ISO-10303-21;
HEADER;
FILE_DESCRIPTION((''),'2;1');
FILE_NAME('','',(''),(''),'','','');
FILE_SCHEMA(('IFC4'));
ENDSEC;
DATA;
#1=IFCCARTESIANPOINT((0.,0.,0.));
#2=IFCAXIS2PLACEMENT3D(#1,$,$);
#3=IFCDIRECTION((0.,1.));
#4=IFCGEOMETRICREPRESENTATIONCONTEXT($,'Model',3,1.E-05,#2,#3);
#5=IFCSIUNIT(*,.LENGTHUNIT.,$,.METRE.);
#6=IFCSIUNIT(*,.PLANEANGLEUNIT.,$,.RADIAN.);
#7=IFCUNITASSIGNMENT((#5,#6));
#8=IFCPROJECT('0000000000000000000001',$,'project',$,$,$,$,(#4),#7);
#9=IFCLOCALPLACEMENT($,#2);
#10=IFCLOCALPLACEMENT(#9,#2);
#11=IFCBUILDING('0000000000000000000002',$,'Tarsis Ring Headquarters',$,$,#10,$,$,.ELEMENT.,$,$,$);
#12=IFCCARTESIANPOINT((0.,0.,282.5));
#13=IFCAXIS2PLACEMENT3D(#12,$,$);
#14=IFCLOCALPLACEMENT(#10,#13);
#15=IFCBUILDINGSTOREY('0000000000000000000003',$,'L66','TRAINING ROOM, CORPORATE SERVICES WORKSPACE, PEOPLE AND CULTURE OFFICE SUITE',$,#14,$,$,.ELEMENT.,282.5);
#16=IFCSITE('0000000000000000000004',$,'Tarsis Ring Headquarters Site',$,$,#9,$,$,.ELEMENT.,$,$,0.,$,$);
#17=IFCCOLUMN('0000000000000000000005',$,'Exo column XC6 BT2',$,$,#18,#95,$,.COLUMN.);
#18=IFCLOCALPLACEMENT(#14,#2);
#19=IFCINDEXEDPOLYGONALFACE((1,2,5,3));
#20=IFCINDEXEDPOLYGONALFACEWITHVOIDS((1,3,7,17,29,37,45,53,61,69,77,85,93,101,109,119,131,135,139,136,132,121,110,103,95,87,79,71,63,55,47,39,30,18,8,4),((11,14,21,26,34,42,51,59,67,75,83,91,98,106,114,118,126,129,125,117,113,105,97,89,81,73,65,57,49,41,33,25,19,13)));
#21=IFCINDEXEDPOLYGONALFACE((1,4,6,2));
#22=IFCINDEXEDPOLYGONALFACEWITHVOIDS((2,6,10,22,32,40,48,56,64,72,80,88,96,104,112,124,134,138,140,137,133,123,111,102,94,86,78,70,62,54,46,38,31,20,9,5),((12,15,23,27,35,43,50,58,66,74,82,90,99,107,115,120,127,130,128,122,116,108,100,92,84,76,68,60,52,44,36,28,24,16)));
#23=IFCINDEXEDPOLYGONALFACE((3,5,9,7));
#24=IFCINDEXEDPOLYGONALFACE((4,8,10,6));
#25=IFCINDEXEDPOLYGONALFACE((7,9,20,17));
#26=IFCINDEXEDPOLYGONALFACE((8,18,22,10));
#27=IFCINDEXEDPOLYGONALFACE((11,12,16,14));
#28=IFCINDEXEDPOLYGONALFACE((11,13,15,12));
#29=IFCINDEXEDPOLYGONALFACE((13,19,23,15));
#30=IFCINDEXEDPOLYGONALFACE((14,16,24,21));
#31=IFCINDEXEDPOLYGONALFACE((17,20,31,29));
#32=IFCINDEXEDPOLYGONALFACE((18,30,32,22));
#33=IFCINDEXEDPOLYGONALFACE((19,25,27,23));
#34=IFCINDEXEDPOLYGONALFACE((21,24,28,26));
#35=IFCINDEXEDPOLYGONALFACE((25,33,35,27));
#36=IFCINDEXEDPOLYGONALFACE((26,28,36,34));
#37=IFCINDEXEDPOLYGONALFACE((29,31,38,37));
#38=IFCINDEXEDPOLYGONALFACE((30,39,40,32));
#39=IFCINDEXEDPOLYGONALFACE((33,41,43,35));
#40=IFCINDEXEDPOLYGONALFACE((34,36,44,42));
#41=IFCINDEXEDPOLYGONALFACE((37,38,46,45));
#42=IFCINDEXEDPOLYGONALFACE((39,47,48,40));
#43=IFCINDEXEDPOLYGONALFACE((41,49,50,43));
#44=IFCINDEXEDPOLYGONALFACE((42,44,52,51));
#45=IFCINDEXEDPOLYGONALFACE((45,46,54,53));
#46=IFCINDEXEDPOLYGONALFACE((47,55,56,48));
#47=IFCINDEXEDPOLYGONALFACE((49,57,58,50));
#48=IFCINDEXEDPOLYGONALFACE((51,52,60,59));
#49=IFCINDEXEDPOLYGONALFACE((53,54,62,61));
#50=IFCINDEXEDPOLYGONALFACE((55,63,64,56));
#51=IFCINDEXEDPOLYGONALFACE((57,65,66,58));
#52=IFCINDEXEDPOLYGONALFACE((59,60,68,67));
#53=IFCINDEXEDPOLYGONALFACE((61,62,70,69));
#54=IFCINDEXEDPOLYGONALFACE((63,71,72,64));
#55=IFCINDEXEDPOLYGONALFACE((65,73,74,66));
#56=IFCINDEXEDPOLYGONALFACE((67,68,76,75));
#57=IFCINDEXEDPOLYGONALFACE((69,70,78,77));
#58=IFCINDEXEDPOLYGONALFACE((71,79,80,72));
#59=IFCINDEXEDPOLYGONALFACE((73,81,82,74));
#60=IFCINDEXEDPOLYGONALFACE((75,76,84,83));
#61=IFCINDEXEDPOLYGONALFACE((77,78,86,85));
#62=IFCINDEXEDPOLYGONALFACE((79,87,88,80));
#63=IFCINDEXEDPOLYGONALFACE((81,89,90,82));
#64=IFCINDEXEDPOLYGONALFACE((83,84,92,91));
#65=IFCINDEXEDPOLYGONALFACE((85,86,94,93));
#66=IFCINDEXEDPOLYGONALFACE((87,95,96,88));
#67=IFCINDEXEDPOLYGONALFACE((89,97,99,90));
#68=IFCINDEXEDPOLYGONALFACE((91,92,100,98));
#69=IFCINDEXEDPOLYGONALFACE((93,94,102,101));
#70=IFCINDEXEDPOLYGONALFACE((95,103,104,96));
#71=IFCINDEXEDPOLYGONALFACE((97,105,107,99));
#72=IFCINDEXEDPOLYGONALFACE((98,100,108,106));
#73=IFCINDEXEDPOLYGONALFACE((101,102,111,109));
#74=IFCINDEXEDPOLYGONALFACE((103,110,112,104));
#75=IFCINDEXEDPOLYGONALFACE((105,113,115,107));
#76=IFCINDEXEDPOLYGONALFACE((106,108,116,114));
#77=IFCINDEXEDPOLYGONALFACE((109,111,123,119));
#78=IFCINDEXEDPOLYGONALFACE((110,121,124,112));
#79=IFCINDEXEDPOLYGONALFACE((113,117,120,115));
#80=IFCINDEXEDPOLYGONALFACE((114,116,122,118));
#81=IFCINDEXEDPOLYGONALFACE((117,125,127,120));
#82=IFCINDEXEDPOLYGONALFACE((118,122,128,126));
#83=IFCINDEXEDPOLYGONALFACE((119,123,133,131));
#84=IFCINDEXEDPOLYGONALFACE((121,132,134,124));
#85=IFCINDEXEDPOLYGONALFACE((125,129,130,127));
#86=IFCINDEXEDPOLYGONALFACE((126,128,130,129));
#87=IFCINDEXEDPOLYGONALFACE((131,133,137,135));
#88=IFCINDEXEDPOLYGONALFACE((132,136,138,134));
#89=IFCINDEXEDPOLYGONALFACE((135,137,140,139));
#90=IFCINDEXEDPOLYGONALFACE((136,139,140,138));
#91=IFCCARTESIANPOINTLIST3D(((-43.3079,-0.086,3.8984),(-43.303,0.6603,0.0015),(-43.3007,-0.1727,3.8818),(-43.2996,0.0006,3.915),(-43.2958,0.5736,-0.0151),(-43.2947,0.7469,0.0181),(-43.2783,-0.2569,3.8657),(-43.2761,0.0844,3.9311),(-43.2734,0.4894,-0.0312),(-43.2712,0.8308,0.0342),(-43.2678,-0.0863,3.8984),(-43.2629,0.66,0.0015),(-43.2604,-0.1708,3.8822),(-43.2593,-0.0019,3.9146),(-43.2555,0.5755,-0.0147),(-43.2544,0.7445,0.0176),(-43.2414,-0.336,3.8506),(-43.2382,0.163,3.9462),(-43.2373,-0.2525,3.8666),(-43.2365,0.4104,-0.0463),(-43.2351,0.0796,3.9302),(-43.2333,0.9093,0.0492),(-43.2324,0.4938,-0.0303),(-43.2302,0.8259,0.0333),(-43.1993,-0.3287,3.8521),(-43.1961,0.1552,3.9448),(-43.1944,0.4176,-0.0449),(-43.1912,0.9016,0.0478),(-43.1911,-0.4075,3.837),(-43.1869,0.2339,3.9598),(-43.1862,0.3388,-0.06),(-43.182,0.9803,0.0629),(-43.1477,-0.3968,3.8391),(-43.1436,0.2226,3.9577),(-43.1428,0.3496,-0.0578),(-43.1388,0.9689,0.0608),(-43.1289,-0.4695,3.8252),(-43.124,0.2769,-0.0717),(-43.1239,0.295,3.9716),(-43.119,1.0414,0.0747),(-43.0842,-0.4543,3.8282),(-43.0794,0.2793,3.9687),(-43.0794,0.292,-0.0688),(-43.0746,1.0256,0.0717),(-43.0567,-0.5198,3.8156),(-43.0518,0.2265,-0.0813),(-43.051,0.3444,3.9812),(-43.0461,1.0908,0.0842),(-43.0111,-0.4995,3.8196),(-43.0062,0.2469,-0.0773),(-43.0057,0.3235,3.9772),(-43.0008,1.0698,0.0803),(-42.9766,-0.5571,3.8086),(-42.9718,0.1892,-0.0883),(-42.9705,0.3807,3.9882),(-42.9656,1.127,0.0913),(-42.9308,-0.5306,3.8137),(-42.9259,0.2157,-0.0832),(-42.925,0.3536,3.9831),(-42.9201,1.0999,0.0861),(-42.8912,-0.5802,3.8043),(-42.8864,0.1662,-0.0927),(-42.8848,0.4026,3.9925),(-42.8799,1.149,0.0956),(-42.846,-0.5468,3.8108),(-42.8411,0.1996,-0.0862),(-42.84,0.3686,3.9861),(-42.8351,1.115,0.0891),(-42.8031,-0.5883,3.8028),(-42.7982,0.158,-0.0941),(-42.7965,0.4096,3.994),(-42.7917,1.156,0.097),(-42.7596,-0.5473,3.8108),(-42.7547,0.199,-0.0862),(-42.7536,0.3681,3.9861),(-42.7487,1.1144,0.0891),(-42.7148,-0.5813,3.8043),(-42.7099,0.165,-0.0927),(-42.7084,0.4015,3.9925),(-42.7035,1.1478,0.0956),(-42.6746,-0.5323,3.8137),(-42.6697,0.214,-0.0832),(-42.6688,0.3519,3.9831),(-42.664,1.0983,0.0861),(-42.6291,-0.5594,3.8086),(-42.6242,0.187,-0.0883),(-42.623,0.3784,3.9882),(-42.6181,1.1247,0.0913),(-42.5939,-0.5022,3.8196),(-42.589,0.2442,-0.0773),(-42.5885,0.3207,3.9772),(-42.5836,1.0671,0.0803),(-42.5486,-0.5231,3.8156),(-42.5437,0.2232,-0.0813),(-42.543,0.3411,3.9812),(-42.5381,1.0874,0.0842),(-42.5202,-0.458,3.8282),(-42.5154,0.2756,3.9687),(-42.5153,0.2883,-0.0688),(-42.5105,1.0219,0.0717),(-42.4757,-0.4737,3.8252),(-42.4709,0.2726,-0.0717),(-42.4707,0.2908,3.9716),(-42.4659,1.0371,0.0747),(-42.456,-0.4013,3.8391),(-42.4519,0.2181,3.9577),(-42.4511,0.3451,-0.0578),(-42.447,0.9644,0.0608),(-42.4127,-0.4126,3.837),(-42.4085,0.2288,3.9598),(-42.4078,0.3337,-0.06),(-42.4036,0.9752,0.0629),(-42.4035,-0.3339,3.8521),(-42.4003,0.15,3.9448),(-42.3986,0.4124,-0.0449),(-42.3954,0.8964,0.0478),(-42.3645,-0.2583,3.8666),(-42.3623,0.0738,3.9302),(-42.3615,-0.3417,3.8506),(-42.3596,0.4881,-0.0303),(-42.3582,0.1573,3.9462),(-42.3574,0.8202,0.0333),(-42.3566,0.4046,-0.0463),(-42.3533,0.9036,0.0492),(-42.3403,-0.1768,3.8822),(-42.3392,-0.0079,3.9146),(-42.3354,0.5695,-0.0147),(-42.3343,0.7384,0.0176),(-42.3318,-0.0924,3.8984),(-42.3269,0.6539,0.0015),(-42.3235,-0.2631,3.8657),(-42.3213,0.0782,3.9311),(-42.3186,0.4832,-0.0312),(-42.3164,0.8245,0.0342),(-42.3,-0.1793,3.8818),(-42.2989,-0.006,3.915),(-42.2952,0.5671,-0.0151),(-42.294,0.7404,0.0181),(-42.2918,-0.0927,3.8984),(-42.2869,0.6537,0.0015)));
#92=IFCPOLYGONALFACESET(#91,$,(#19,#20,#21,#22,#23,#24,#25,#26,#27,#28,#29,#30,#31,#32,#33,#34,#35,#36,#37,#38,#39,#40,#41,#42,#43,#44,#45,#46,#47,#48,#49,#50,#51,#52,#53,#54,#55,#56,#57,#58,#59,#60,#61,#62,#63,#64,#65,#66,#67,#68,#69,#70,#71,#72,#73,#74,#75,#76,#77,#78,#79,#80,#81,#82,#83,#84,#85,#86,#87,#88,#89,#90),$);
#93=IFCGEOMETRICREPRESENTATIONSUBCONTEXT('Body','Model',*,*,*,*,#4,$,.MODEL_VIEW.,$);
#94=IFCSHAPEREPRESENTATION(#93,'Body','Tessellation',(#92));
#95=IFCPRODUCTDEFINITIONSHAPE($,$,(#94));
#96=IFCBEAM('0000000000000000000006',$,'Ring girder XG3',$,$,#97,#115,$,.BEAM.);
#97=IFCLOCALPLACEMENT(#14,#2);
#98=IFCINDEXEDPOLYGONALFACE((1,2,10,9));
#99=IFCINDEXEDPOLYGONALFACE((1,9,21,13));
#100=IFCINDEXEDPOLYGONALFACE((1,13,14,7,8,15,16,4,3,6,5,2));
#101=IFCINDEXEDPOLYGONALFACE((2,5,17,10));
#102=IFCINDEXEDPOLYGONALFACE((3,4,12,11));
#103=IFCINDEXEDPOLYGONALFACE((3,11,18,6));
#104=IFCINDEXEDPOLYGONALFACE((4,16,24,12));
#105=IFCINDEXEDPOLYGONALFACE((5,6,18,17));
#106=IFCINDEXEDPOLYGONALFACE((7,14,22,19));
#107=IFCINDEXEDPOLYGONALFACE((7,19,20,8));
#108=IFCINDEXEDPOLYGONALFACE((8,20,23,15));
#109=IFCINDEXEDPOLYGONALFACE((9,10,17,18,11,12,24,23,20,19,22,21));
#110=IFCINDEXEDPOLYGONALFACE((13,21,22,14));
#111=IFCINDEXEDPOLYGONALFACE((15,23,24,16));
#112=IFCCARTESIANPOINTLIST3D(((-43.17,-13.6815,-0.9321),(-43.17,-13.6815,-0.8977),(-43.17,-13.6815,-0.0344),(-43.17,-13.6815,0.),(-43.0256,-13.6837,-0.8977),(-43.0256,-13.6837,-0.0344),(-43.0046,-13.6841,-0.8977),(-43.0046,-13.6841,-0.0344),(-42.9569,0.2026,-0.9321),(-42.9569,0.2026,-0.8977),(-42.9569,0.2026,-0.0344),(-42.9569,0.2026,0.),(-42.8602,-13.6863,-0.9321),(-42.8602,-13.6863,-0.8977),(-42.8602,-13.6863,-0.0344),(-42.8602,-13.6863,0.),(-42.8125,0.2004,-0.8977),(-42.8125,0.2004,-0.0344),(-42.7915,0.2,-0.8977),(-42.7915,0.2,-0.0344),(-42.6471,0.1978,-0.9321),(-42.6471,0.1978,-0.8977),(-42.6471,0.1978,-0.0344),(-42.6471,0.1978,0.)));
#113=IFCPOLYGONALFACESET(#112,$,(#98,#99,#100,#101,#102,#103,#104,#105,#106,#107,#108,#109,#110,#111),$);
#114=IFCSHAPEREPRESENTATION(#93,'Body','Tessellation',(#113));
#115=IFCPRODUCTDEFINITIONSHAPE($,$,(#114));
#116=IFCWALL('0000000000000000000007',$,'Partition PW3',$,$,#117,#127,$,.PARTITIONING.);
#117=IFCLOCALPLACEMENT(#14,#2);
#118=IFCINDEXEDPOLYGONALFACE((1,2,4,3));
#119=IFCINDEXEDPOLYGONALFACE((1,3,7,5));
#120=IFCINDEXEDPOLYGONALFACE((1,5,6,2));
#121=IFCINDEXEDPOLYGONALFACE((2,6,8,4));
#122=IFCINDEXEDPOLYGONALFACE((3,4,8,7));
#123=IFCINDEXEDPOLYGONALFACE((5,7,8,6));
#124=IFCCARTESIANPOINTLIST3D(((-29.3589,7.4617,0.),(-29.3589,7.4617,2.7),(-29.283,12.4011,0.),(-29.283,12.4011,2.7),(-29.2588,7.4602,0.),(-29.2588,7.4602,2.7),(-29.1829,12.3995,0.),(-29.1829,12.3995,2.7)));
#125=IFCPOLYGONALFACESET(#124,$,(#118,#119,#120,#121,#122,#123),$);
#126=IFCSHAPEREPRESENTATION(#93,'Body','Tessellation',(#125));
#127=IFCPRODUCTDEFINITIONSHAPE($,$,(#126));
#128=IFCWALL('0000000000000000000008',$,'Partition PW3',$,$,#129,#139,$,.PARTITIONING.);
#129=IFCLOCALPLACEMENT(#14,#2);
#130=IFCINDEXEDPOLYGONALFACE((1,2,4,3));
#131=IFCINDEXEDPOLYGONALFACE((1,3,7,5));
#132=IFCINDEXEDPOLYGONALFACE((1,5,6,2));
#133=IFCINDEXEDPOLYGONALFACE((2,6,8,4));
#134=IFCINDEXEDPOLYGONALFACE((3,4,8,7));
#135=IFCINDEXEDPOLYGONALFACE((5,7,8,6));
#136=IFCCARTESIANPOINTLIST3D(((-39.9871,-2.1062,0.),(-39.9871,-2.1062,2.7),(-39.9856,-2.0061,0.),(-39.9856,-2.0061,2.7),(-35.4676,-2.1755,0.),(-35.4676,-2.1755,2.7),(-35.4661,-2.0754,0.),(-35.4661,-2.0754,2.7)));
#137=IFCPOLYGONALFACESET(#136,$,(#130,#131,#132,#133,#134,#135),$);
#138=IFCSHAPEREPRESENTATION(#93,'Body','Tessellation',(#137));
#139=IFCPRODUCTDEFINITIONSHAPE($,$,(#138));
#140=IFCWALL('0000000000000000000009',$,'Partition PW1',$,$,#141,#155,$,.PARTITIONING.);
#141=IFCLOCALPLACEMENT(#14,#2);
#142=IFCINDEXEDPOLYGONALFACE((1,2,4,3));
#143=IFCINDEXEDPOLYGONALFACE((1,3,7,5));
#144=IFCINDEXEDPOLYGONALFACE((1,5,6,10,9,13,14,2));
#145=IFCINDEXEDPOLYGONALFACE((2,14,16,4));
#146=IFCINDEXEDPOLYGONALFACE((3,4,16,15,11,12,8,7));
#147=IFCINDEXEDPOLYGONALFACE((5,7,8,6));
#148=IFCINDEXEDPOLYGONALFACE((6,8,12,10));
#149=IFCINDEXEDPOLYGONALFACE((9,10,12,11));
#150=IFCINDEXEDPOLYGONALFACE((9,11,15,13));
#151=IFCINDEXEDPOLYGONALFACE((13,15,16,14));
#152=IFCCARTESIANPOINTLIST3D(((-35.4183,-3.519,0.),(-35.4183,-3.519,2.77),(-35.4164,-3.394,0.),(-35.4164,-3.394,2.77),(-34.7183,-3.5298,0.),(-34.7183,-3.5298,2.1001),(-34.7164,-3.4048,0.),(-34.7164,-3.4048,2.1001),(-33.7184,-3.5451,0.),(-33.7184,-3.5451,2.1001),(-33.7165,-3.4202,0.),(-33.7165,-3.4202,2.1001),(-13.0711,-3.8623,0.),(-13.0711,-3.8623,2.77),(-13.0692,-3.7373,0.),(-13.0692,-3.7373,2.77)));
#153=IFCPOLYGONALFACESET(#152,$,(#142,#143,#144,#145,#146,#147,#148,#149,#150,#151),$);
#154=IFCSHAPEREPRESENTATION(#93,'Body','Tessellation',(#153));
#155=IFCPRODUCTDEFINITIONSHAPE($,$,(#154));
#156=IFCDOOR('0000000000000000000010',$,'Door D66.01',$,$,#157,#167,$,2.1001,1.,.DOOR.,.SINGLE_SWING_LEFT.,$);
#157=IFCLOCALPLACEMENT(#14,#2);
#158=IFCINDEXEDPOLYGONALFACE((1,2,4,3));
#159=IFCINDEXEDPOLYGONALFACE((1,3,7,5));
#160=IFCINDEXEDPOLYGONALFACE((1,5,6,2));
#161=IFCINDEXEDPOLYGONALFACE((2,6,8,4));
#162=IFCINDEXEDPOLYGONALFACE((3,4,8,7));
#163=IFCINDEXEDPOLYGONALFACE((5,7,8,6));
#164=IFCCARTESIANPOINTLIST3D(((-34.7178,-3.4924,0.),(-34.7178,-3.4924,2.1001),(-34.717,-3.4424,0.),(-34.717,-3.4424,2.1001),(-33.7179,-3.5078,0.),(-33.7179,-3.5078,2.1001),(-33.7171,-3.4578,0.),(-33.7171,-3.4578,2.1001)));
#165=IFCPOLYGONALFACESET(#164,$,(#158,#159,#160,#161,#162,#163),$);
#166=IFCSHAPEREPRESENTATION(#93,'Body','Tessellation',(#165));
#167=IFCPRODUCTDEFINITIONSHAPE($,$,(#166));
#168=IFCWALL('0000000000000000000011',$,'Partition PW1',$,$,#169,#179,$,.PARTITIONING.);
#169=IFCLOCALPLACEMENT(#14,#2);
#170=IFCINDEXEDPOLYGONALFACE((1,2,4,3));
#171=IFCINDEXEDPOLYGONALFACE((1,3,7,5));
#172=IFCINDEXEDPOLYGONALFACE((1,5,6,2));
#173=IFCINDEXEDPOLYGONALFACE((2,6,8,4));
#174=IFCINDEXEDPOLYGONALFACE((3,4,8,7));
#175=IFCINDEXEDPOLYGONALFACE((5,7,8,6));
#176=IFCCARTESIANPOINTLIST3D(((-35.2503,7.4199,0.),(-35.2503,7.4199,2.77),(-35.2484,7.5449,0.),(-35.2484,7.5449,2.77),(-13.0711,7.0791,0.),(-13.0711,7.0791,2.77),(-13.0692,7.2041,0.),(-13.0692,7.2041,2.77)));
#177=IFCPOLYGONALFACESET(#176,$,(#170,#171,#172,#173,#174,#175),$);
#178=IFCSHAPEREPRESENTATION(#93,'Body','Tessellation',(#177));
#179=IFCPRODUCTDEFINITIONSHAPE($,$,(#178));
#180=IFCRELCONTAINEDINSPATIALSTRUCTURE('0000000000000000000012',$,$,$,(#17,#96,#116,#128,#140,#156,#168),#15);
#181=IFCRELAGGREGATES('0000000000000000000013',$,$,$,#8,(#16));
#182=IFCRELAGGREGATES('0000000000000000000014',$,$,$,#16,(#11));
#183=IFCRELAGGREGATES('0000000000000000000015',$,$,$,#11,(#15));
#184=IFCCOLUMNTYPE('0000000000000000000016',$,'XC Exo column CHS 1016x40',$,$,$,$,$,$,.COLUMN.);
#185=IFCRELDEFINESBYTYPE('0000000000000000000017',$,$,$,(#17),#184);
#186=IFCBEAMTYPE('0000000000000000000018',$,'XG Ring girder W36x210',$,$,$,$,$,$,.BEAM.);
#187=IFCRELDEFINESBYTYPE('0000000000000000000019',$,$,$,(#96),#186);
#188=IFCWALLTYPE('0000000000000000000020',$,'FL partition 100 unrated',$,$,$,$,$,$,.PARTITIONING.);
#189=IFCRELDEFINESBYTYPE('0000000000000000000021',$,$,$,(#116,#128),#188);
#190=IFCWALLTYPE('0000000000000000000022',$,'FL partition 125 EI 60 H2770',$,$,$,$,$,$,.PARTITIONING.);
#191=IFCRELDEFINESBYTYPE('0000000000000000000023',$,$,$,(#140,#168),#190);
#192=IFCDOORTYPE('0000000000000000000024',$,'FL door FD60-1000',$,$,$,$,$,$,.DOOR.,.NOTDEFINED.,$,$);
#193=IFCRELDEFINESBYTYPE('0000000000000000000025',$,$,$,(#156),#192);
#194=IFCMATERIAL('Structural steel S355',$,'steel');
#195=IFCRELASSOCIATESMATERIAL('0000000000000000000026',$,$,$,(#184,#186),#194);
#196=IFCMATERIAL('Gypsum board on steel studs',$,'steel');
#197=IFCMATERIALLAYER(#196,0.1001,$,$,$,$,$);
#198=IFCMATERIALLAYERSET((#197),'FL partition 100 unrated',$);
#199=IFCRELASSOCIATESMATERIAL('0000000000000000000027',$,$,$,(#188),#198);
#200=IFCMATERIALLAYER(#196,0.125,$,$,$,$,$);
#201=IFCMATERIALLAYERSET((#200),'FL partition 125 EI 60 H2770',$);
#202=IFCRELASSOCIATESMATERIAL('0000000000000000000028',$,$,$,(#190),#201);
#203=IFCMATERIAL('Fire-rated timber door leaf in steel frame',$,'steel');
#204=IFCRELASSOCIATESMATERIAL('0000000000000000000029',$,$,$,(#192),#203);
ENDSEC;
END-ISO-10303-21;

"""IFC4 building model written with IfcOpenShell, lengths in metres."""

from ifc_helpers import new_model, si_unit, direction, frame, frame_2d, origin, origin_2d, place, context, subcontext, project, spatial, rectangle, hollow_circle, i_section, extrude, material, layer, layer_set, material_profile, profile_set, type_object, element, fill, save


model = new_model("IFC4")

# Units and contexts
model_context = context("Model", 3, precision=1e-05, world=origin(), true_north=direction((0.0, 1.0)))
body_context = subcontext(model_context, "Body", "Model", "MODEL_VIEW")
ifc_project = project(units=[si_unit("LENGTHUNIT", "METRE"), si_unit("PLANEANGLEUNIT", "RADIAN")], contexts=[model_context])

# Site, building, storey
site_placement = place(None, origin())
site = spatial("IfcSite", under=ifc_project, at=site_placement, Name="Tarsis Ring Headquarters Site", CompositionType="ELEMENT", RefElevation=0.0)
building_placement = place(site_placement, origin())
building = spatial("IfcBuilding", under=site, at=building_placement, Name="Tarsis Ring Headquarters", CompositionType="ELEMENT")
storey_placement = place(building_placement, frame((0.0, 0.0, 282.5)))
storey = spatial("IfcBuildingStorey", under=building, at=storey_placement, Name="L66", Description="TRAINING ROOM, CORPORATE SERVICES WORKSPACE, PEOPLE AND CULTURE OFFICE SUITE", CompositionType="ELEMENT", Elevation=282.5)

# Column
ifc_material_1 = material(Name="Structural steel S355", Category="steel")
ifc_material_profile_1 = material_profile(ifc_material_1, hollow_circle(Radius=0.5081, WallThickness=0.04, at=origin_2d()), Name="CHS 1016x40")
ifc_profile_set_1 = profile_set([ifc_material_profile_1], Name="Structural steel S355")
column_type = type_object("IfcColumnType", Name="XC Exo column CHS 1016x40", PredefinedType="COLUMN", material=ifc_profile_set_1)
column_placement = place(storey_placement, frame((-42.7949, 0.657, 0.0015), z_axis=(-0.001231, -0.188099, 0.982149), x_axis=(0.999979, -0.006542, 0.0)))
element("IfcColumn", 1, at=column_placement, inside=storey, type_object=column_type, Name="Exo column XC6 BT2", PredefinedType="COLUMN", context=body_context, shape_type="SweptSolid", body=[
    extrude(hollow_circle(Radius=0.5081, WallThickness=0.04, at=origin_2d()), origin(), (0.0, 0.0, 1.0), 3.9678),
])

# Beam
ifc_material_profile_2 = material_profile(ifc_material_1, i_section(OverallWidth=0.3098, OverallDepth=0.9321, WebThickness=0.021, FlangeThickness=0.0344, at=origin_2d()), Name="W36x210")
ifc_profile_set_2 = profile_set([ifc_material_profile_2], Name="Structural steel S355")
beam_type = type_object("IfcBeamType", Name="XG Ring girder W36x210", PredefinedType="BEAM", material=ifc_profile_set_2)
beam_placement = place(storey_placement, frame((-42.802, 0.2002, -0.4661), z_axis=(-0.015349, -0.999882, 0.0), x_axis=(0.999882, -0.015349, 0.0)))
element("IfcBeam", 2, at=beam_placement, inside=storey, type_object=beam_type, Name="Ring girder XG3", PredefinedType="BEAM", context=body_context, shape_type="SweptSolid", body=[
    extrude(i_section(OverallWidth=0.3098, OverallDepth=0.9321, WebThickness=0.021, FlangeThickness=0.0344, at=origin_2d()), origin(), (0.0, 0.0, 1.0), 13.8857),
])

# Walls
ifc_material_2 = material(Name="Gypsum board on steel studs", Category="steel")
ifc_layer_1 = layer(ifc_material_2, 0.1001)
ifc_layer_set_1 = layer_set([ifc_layer_1], Name="FL partition 100 unrated")
wall_type_1 = type_object("IfcWallType", Name="FL partition 100 unrated", PredefinedType="PARTITIONING", material=ifc_layer_set_1)
wall_1_placement = place(storey_placement, frame((-29.3088, 7.4609, 0.0), z_axis=(0.0, 0.0, 1.0), x_axis=(0.01537, 0.999882, 0.0)))
element("IfcWall", 3, at=wall_1_placement, inside=storey, type_object=wall_type_1, Name="Partition PW3", PredefinedType="PARTITIONING", context=body_context, shape_type="SweptSolid", body=[
    extrude(rectangle(XDim=4.9399, YDim=0.1001, at=frame_2d((2.47, 0.0))), origin(), (0.0, 0.0, 1.0), 2.7),
])
wall_2_placement = place(storey_placement, frame((-39.9863, -2.0562, 0.0), z_axis=(0.0, 0.0, 1.0), x_axis=(0.999882, -0.01534, 0.0)))
element("IfcWall", 4, at=wall_2_placement, inside=storey, type_object=wall_type_1, Name="Partition PW3", PredefinedType="PARTITIONING", context=body_context, shape_type="SweptSolid", body=[
    extrude(rectangle(XDim=4.52, YDim=0.1001, at=frame_2d((2.26, 0.0))), origin(), (0.0, 0.0, 1.0), 2.7),
])

# Wall, opening, door
ifc_layer_2 = layer(ifc_material_2, 0.125)
ifc_layer_set_2 = layer_set([ifc_layer_2], Name="FL partition 125 EI 60 H2770")
wall_type_2 = type_object("IfcWallType", Name="FL partition 125 EI 60 H2770", PredefinedType="PARTITIONING", material=ifc_layer_set_2)
wall_3_placement = place(storey_placement, frame((-35.4172, -3.4565, 0.0), z_axis=(0.0, 0.0, 1.0), x_axis=(0.999882, -0.015359, 0.0)))
wall_3 = element("IfcWall", 5, at=wall_3_placement, inside=storey, type_object=wall_type_2, Name="Partition PW1", PredefinedType="PARTITIONING", context=body_context, shape_type="SweptSolid", body=[
    extrude(rectangle(XDim=22.3499, YDim=0.125, at=frame_2d((11.1748, 0.0))), origin(), (0.0, 0.0, 1.0), 2.77),
])
opening_1_placement = place(wall_3_placement, frame((0.7, 0.0, 0.0)))
opening_1 = element("IfcOpeningElement", 6, at=opening_1_placement, cuts=wall_3, PredefinedType="OPENING", context=body_context, shape_type="SweptSolid", body=[
    extrude(rectangle(XDim=1.0, YDim=2.1001, at=frame_2d((0.5, 1.05))), frame((0.0, 0.0725, 0.0), z_axis=(0.0, -1.0, 0.0), x_axis=(1.0, 0.0, 0.0)), (0.0, 0.0, 1.0), 0.145),
])
ifc_material_3 = material(Name="Fire-rated timber door leaf in steel frame", Category="steel")
door_type = type_object("IfcDoorType", Name="FL door FD60-1000", OperationType="NOTDEFINED", PredefinedType="DOOR", material=ifc_material_3)
door_1_placement = place(opening_1_placement, origin())
door_1 = element("IfcDoor", 7, at=door_1_placement, inside=storey, type_object=door_type, Name="Door D66.01", OperationType="SINGLE_SWING_LEFT", OverallHeight=2.1001, OverallWidth=1.0, PredefinedType="DOOR", context=body_context, shape_type="SweptSolid", body=[
    extrude(rectangle(XDim=1.0, YDim=2.1001, at=frame_2d((0.5, 1.05))), frame((0.0, 0.0249, 0.0), z_axis=(0.0, -1.0, 0.0), x_axis=(1.0, 0.0, 0.0)), (0.0, 0.0, 1.0), 0.05),
])
fill(opening_1, door_1)

# Wall
wall_4_placement = place(storey_placement, frame((-35.2493, 7.4824, 0.0), z_axis=(0.0, 0.0, 1.0), x_axis=(0.999882, -0.015365, 0.0)))
element("IfcWall", 8, at=wall_4_placement, inside=storey, type_object=wall_type_2, Name="Partition PW1", PredefinedType="PARTITIONING", context=body_context, shape_type="SweptSolid", body=[
    extrude(rectangle(XDim=22.1819, YDim=0.125, at=frame_2d((11.0908, 0.0))), origin(), (0.0, 0.0, 1.0), 2.77),
])

save(model, "model.ifc")
